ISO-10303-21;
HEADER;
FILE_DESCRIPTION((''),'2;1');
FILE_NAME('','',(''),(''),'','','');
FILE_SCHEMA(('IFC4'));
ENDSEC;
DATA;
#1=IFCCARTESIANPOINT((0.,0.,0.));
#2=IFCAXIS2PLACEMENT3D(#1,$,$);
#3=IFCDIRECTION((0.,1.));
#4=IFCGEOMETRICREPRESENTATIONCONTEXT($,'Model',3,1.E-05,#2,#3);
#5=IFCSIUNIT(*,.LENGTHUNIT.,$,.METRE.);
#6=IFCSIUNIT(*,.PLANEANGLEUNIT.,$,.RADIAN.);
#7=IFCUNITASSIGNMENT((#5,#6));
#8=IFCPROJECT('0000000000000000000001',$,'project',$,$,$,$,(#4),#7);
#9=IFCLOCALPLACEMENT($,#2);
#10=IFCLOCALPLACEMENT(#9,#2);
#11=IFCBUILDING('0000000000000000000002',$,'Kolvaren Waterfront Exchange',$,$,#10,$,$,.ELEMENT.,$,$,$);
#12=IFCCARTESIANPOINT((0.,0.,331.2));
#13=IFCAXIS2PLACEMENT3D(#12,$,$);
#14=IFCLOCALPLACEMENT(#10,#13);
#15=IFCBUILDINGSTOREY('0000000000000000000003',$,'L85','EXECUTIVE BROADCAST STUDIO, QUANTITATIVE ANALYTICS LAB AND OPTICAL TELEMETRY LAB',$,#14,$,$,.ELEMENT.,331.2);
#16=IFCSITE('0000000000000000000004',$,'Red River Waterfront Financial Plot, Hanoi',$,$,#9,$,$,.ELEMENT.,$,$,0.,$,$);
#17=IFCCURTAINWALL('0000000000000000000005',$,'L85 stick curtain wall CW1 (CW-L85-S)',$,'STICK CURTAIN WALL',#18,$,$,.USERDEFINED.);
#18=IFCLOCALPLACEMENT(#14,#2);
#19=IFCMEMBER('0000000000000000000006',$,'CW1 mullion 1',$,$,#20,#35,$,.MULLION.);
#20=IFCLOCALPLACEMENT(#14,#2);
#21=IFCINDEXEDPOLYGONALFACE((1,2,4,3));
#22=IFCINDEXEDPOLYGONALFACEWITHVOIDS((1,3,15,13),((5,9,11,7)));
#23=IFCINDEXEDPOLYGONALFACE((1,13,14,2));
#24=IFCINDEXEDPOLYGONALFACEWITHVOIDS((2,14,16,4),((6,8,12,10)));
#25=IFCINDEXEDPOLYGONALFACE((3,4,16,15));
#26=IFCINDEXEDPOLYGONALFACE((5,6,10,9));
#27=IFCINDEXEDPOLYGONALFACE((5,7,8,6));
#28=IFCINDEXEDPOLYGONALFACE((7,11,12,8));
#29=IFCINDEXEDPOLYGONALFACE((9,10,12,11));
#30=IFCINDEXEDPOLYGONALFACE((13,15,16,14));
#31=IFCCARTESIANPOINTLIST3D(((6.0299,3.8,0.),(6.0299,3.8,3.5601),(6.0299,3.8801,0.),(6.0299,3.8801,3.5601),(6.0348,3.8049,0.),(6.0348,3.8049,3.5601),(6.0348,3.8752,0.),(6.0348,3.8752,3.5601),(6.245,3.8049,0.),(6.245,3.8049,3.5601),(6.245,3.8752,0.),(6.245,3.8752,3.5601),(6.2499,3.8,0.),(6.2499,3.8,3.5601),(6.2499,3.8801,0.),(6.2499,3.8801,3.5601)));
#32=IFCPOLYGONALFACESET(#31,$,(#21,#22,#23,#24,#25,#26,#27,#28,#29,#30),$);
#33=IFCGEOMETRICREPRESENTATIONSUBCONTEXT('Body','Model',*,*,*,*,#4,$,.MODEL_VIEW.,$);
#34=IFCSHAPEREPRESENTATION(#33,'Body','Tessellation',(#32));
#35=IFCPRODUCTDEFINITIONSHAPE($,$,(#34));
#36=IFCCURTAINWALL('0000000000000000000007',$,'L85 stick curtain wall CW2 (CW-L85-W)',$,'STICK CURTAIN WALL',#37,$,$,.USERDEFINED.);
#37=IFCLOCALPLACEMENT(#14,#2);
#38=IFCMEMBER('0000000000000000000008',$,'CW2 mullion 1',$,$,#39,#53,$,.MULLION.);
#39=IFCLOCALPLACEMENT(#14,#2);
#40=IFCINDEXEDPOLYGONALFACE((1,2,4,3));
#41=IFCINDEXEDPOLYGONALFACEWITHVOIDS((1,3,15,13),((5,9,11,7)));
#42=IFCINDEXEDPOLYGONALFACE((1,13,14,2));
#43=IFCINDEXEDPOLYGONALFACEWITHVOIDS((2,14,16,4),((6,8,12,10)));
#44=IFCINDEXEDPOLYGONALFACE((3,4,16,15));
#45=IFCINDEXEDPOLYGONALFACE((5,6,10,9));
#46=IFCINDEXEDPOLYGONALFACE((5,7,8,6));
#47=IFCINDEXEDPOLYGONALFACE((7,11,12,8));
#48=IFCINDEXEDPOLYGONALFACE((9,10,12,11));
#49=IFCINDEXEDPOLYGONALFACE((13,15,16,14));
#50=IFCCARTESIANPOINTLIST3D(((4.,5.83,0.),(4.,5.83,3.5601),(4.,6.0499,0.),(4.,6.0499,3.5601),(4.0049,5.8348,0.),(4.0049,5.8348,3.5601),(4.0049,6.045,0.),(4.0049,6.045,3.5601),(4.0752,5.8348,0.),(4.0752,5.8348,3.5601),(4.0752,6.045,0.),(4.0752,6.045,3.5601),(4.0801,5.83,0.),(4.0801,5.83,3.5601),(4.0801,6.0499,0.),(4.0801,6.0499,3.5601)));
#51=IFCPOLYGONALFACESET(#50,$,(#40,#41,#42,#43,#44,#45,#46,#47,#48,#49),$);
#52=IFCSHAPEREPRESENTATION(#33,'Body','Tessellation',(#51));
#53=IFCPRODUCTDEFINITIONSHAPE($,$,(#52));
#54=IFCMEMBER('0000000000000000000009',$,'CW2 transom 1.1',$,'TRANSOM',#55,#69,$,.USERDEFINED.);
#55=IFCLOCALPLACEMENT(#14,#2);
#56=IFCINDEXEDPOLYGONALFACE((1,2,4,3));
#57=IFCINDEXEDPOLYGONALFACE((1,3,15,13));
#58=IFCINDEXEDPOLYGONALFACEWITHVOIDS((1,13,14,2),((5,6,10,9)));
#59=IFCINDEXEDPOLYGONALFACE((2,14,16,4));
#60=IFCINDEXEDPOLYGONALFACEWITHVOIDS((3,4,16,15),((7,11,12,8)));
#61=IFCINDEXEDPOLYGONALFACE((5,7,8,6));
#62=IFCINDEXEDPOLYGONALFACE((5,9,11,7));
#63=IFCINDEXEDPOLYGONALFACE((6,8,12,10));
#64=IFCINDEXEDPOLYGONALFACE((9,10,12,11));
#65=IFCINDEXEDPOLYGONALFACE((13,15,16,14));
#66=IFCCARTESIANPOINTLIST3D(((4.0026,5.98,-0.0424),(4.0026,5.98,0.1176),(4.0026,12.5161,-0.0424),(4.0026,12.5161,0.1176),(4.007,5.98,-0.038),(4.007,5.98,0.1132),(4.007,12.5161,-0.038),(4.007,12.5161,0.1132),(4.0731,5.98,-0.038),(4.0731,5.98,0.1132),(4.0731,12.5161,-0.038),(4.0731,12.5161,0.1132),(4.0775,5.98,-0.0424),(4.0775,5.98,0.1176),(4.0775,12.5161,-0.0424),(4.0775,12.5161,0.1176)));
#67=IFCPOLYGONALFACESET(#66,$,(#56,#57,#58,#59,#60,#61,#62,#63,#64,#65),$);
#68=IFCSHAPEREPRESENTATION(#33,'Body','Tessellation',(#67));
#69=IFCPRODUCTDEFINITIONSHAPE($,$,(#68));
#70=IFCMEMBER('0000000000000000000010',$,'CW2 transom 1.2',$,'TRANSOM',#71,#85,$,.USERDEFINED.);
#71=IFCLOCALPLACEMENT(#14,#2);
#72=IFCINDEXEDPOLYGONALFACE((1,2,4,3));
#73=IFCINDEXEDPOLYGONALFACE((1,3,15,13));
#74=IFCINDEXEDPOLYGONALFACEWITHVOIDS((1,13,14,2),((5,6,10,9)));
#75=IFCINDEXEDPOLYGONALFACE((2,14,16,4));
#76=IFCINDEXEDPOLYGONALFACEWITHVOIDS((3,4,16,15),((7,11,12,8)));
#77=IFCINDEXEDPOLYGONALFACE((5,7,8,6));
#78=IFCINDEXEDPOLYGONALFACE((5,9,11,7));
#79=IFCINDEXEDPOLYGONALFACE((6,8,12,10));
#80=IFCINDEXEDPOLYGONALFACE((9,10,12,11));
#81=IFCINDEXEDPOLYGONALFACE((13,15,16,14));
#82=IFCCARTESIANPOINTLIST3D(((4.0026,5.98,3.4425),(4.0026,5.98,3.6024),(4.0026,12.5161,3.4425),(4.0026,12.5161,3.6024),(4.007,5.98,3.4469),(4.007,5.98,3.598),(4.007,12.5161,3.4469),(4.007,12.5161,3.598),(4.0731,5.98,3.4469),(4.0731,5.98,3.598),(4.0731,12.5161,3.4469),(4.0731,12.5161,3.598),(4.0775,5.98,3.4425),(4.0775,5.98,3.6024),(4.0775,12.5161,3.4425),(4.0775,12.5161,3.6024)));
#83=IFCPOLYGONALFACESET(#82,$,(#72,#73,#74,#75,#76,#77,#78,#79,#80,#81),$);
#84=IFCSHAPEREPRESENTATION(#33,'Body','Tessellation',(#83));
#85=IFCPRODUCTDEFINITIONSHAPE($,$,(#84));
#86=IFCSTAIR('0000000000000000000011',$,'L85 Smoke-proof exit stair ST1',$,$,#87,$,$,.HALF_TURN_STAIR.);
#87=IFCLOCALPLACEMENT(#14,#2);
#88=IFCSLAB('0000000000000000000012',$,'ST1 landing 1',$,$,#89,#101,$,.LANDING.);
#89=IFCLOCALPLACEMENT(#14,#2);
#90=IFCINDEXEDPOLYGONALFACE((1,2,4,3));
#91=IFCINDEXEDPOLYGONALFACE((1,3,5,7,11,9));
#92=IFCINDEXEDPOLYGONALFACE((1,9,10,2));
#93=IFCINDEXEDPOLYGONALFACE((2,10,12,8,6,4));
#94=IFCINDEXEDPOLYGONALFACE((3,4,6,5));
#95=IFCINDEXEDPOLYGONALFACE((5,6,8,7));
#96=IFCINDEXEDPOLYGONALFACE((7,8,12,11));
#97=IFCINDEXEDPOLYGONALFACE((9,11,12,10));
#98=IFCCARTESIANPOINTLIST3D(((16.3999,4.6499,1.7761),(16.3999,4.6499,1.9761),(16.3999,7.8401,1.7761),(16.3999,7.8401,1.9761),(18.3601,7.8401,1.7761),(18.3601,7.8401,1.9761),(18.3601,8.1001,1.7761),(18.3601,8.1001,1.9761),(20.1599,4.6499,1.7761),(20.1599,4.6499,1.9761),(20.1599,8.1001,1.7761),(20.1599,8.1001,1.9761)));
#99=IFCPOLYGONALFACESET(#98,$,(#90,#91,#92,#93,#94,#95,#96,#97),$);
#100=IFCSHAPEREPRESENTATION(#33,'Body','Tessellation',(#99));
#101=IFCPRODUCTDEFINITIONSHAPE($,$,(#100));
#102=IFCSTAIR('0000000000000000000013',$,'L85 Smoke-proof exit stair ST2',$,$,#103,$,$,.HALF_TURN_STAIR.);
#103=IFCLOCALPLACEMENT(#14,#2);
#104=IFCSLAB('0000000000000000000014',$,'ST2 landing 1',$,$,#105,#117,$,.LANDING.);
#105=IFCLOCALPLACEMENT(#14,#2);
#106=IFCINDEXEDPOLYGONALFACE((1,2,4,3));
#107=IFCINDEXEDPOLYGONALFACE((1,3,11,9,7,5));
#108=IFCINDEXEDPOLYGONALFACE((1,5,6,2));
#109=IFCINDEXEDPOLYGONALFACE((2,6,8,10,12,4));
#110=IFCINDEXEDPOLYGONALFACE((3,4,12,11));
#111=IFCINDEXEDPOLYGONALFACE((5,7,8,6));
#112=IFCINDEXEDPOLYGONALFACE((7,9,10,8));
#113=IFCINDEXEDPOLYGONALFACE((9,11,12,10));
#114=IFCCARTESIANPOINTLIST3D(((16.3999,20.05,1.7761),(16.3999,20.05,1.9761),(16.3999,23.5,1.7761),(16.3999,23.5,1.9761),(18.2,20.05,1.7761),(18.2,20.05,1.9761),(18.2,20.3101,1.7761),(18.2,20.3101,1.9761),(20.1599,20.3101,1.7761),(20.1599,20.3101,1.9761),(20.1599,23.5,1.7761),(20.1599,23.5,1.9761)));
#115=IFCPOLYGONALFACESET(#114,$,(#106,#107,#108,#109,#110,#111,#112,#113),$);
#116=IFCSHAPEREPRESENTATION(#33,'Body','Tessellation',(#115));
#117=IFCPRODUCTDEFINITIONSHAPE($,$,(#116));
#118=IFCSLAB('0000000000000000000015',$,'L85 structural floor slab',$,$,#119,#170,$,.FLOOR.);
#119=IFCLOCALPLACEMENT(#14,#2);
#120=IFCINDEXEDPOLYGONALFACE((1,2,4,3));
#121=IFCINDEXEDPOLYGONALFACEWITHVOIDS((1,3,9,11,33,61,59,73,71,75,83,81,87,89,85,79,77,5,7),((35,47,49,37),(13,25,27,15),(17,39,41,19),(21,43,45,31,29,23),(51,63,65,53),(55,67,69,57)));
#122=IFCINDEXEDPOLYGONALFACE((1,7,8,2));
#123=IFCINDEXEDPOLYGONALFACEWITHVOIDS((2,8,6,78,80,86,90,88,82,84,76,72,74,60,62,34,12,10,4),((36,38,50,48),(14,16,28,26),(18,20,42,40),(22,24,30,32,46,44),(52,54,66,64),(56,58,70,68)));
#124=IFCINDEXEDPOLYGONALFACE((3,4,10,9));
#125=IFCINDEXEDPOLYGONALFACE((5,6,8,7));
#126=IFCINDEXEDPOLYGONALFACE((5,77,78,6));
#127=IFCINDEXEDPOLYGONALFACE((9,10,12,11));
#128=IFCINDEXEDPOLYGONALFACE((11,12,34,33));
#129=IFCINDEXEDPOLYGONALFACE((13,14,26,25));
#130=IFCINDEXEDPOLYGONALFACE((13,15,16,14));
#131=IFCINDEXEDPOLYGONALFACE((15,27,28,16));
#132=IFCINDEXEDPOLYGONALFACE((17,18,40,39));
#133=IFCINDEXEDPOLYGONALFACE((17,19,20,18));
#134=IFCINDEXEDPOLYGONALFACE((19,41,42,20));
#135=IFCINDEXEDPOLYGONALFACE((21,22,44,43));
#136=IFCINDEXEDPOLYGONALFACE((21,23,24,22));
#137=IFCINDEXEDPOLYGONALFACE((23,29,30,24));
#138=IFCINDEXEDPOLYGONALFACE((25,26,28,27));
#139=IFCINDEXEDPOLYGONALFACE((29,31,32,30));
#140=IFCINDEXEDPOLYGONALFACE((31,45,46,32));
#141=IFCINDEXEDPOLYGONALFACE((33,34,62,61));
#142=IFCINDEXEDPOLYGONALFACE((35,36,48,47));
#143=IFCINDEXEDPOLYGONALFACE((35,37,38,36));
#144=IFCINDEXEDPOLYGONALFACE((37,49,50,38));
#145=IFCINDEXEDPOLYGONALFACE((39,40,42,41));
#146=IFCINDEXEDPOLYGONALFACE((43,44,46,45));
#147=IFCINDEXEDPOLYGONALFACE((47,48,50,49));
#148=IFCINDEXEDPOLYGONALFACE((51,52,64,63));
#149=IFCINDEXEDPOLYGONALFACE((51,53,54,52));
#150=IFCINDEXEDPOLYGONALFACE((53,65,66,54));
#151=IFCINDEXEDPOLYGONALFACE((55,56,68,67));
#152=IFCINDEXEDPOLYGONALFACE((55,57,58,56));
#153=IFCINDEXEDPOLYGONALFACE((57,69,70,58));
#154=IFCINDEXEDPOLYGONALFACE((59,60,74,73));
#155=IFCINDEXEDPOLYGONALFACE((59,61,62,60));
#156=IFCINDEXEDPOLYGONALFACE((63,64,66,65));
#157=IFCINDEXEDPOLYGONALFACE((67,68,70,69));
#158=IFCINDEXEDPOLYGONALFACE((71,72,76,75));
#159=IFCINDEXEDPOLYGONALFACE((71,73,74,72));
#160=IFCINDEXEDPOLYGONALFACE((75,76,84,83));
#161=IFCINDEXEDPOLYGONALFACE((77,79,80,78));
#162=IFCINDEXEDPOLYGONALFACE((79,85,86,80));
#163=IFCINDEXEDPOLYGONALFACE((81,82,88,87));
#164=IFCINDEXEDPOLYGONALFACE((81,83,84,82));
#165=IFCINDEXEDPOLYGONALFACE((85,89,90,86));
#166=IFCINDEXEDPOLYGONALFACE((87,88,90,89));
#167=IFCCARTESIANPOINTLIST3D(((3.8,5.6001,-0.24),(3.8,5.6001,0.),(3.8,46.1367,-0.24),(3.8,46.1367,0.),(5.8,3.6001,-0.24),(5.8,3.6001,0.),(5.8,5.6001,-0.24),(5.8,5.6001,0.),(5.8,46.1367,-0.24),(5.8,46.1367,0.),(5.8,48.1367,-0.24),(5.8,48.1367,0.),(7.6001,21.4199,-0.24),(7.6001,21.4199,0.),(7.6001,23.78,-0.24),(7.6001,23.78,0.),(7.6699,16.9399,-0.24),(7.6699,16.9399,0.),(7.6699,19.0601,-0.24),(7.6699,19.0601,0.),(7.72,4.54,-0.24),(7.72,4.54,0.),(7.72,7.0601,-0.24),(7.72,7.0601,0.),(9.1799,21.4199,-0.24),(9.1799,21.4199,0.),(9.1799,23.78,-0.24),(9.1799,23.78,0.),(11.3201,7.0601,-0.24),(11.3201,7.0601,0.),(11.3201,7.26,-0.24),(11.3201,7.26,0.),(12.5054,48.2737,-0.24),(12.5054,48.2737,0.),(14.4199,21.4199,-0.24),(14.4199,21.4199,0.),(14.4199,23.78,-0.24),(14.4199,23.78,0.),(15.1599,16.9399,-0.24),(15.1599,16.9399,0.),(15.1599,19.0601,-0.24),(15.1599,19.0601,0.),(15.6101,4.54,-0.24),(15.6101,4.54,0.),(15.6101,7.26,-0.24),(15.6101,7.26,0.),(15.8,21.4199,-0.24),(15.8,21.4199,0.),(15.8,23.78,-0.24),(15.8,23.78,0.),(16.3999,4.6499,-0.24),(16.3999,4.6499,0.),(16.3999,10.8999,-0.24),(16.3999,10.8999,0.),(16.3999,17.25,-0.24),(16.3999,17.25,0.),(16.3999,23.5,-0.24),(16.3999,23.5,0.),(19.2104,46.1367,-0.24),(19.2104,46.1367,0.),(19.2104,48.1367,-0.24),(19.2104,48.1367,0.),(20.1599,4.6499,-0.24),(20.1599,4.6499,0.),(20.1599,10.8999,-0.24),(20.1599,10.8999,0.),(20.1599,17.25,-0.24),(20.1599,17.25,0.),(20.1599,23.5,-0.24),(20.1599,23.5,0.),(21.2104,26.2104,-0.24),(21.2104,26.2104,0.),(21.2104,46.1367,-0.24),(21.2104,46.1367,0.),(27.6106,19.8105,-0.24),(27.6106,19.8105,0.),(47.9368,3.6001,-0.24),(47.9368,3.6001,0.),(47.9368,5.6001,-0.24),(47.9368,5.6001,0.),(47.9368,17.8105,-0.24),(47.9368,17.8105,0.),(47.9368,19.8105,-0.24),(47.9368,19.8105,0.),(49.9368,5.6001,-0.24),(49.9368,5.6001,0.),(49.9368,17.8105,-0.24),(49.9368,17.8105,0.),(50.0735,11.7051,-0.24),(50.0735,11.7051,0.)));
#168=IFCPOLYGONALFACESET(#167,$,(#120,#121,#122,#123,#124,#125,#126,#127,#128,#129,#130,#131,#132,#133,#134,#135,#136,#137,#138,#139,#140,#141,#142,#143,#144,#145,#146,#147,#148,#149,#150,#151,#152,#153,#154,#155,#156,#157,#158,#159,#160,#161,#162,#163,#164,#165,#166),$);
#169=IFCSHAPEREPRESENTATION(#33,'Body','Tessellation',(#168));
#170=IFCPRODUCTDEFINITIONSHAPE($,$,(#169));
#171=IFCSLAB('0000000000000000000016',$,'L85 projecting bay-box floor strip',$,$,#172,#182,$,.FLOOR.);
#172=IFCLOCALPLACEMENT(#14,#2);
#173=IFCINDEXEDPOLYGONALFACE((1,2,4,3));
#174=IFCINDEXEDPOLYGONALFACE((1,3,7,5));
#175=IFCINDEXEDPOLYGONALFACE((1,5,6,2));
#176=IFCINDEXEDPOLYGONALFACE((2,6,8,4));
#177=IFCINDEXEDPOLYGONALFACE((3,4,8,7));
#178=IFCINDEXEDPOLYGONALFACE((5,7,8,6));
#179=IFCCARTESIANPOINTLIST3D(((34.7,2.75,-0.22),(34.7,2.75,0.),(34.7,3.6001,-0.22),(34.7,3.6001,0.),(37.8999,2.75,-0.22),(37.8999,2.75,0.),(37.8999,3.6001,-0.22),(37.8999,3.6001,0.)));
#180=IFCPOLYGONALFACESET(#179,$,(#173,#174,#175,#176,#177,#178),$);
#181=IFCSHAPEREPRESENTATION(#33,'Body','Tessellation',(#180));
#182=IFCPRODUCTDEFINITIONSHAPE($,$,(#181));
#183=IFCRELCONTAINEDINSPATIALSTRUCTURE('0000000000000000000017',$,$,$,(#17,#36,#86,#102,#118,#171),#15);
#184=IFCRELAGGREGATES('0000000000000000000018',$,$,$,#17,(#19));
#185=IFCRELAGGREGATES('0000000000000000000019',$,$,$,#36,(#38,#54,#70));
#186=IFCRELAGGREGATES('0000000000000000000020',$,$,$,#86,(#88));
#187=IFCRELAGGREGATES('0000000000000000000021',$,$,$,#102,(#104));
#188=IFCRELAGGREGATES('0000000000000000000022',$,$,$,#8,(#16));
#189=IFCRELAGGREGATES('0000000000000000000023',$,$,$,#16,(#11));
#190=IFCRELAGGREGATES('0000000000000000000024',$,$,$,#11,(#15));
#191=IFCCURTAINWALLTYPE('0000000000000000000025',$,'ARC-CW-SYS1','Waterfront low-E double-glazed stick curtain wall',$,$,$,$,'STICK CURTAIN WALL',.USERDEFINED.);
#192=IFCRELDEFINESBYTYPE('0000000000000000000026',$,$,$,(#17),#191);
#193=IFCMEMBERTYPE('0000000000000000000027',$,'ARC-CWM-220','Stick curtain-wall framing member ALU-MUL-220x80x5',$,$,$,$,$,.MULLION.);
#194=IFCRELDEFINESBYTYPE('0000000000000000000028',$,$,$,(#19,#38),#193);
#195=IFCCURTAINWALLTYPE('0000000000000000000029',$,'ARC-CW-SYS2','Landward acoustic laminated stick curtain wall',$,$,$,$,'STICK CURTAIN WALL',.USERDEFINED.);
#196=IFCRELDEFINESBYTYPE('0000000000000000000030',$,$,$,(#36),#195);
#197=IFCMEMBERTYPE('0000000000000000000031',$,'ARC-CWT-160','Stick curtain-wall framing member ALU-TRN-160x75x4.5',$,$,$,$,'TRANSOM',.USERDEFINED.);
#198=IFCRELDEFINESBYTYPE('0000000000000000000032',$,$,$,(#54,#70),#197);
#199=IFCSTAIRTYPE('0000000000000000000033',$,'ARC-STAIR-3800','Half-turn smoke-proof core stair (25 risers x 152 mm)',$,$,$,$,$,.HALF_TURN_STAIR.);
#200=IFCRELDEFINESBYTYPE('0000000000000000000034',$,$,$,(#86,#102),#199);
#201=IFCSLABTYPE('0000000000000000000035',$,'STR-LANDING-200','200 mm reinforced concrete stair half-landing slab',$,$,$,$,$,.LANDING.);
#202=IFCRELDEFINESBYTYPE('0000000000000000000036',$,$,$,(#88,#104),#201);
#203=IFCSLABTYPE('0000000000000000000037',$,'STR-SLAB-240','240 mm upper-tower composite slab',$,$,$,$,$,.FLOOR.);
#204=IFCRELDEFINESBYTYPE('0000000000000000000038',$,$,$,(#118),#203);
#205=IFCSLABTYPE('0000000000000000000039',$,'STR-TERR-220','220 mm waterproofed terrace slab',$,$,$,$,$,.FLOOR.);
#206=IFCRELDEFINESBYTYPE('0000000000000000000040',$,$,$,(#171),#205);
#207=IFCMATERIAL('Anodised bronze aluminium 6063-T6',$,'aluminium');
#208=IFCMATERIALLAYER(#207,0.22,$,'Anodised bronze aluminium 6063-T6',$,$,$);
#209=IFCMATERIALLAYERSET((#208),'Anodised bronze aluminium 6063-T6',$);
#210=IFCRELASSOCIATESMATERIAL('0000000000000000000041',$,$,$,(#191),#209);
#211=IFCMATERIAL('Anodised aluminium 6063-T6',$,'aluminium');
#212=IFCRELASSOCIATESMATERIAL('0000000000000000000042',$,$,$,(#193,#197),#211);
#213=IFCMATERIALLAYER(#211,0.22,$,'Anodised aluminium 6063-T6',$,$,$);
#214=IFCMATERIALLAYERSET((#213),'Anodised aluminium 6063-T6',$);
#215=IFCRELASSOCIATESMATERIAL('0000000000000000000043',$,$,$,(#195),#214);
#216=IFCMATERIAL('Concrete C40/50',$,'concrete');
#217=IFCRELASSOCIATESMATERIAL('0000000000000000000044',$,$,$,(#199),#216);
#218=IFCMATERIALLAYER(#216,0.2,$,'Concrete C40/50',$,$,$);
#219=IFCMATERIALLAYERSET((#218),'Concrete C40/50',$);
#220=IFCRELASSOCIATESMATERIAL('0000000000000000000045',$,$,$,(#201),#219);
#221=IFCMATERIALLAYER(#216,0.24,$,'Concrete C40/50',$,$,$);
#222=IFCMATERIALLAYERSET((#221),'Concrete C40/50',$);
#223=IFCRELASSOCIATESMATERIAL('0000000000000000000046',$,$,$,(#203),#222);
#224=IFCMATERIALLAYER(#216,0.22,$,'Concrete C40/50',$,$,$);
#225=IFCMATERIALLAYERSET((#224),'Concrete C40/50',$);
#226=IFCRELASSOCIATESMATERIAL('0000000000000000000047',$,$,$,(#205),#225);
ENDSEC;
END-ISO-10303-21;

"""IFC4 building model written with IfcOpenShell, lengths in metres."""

from ifc_helpers import new_model, si_unit, direction, frame, origin, origin_with_axes, origin_2d, place, context, subcontext, project, spatial, polyline, hollow_rectangle, outline, extrude, source, transform, mapped, material, layer, layer_set, material_profile, profile_set, type_object, element, aggregate, save


model = new_model("IFC4")

# Units and contexts
model_context = context("Model", 3, precision=1e-05, world=origin(), true_north=direction((0.0, 1.0)))
body_context = subcontext(model_context, "Body", "Model", "MODEL_VIEW")
ifc_project = project(units=[si_unit("LENGTHUNIT", "METRE"), si_unit("PLANEANGLEUNIT", "RADIAN")], contexts=[model_context])

# Site, building, storey
site_placement = place(None, origin())
site = spatial("IfcSite", under=ifc_project, at=site_placement, Name="Red River Waterfront Financial Plot, Hanoi", CompositionType="ELEMENT", RefElevation=0.0)
building_placement = place(site_placement, origin())
building = spatial("IfcBuilding", under=site, at=building_placement, Name="Kolvaren Waterfront Exchange", CompositionType="ELEMENT")
storey_placement = place(building_placement, frame((0.0, 0.0, 331.2)))
storey = spatial("IfcBuildingStorey", under=building, at=storey_placement, Name="L85", Description="EXECUTIVE BROADCAST STUDIO, QUANTITATIVE ANALYTICS LAB AND OPTICAL TELEMETRY LAB", CompositionType="ELEMENT", Elevation=331.2)

# Curtain wall, member
ifc_material_1 = material(Name="Anodised bronze aluminium 6063-T6", Category="aluminium")
ifc_layer_1 = layer(ifc_material_1, 0.22, Name="Anodised bronze aluminium 6063-T6")
ifc_layer_set_1 = layer_set([ifc_layer_1], Name="Anodised bronze aluminium 6063-T6")
curtain_wall_type_1 = type_object("IfcCurtainWallType", Name="ARC-CW-SYS1", Description="Waterfront low-E double-glazed stick curtain wall", ElementType="STICK CURTAIN WALL", PredefinedType="USERDEFINED", material=ifc_layer_set_1)
curtain_wall_1_placement = place(storey_placement, origin())
curtain_wall_1 = element("IfcCurtainWall", 1, at=curtain_wall_1_placement, inside=storey, type_object=curtain_wall_type_1, Name="L85 stick curtain wall CW1 (CW-L85-S)", ObjectType="STICK CURTAIN WALL", PredefinedType="USERDEFINED")
ifc_material_2 = material(Name="Anodised aluminium 6063-T6", Category="aluminium")
ifc_material_profile_1 = material_profile(ifc_material_2, hollow_rectangle(XDim=0.0801, YDim=0.22, WallThickness=0.0049, at=origin_2d()), Name="ALU-MUL-220x80x5")
ifc_profile_set_1 = profile_set([ifc_material_profile_1], Name="Anodised aluminium 6063-T6")
member_type_1 = type_object("IfcMemberType", Name="ARC-CWM-220", Description="Stick curtain-wall framing member ALU-MUL-220x80x5", PredefinedType="MULLION", material=ifc_profile_set_1)
shared_shape_1 = source(origin_with_axes(), body_context, "Body", "SweptSolid", [
    extrude(hollow_rectangle(XDim=0.0801, YDim=0.22, WallThickness=0.0049, at=origin_2d()), origin(), (0.0, 0.0, 1.0), 3.5601),
])
member_1_placement = place(storey_placement, frame((6.1399, 3.8401, 0.0), z_axis=(0.0, 0.0, 1.0), x_axis=(0.0, 1.0, 0.0)))
member_1 = element("IfcMember", 2, at=member_1_placement, type_object=member_type_1, Name="CW1 mullion 1", PredefinedType="MULLION", context=body_context, shape_type="MappedRepresentation", body=[
    mapped(shared_shape_1, transform((0.0, 0.0, 0.0), x_axis=(1.0, 0.0, 0.0), y_axis=(0.0, 1.0, 0.0), z_axis=(0.0, 0.0, 1.0), scale=1.0)),
])
aggregate(curtain_wall_1, [member_1])

# Curtain wall, members
ifc_layer_2 = layer(ifc_material_2, 0.22, Name="Anodised aluminium 6063-T6")
ifc_layer_set_2 = layer_set([ifc_layer_2], Name="Anodised aluminium 6063-T6")
curtain_wall_type_2 = type_object("IfcCurtainWallType", Name="ARC-CW-SYS2", Description="Landward acoustic laminated stick curtain wall", ElementType="STICK CURTAIN WALL", PredefinedType="USERDEFINED", material=ifc_layer_set_2)
curtain_wall_2_placement = place(storey_placement, origin())
curtain_wall_2 = element("IfcCurtainWall", 3, at=curtain_wall_2_placement, inside=storey, type_object=curtain_wall_type_2, Name="L85 stick curtain wall CW2 (CW-L85-W)", ObjectType="STICK CURTAIN WALL", PredefinedType="USERDEFINED")
member_2_placement = place(storey_placement, frame((4.04, 5.9399, 0.0), z_axis=(0.0, 0.0, 1.0), x_axis=(-1.0, 0.0, 0.0)))
member_2 = element("IfcMember", 4, at=member_2_placement, type_object=member_type_1, Name="CW2 mullion 1", PredefinedType="MULLION", context=body_context, shape_type="MappedRepresentation", body=[
    mapped(shared_shape_1, transform((0.0, 0.0, 0.0), x_axis=(1.0, 0.0, 0.0), y_axis=(0.0, 1.0, 0.0), z_axis=(0.0, 0.0, 1.0), scale=1.0)),
])
ifc_material_profile_2 = material_profile(ifc_material_2, hollow_rectangle(XDim=0.075, YDim=0.1599, WallThickness=0.0044, at=origin_2d()), Name="ALU-TRN-160x75x4.5")
ifc_profile_set_2 = profile_set([ifc_material_profile_2], Name="Anodised aluminium 6063-T6")
member_type_2 = type_object("IfcMemberType", Name="ARC-CWT-160", Description="Stick curtain-wall framing member ALU-TRN-160x75x4.5", ElementType="TRANSOM", PredefinedType="USERDEFINED", material=ifc_profile_set_2)
shared_shape_2 = source(origin_with_axes(), body_context, "Body", "SweptSolid", [
    extrude(hollow_rectangle(XDim=0.075, YDim=0.1599, WallThickness=0.0044, at=origin_2d()), origin(), (0.0, 0.0, 1.0), 6.5361),
])
member_3_placement = place(storey_placement, frame((4.04, 5.98, 0.0376), z_axis=(0.0, 1.0, 0.0), x_axis=(-1.0, 0.0, 0.0)))
member_3 = element("IfcMember", 5, at=member_3_placement, type_object=member_type_2, Name="CW2 transom 1.1", ObjectType="TRANSOM", PredefinedType="USERDEFINED", context=body_context, shape_type="MappedRepresentation", body=[
    mapped(shared_shape_2, transform((0.0, 0.0, 0.0), x_axis=(1.0, 0.0, 0.0), y_axis=(0.0, 1.0, 0.0), z_axis=(0.0, 0.0, 1.0), scale=1.0)),
])
member_4_placement = place(storey_placement, frame((4.04, 5.98, 3.5225), z_axis=(0.0, 1.0, 0.0), x_axis=(-1.0, 0.0, 0.0)))
member_4 = element("IfcMember", 6, at=member_4_placement, type_object=member_type_2, Name="CW2 transom 1.2", ObjectType="TRANSOM", PredefinedType="USERDEFINED", context=body_context, shape_type="MappedRepresentation", body=[
    mapped(shared_shape_2, transform((0.0, 0.0, 0.0), x_axis=(1.0, 0.0, 0.0), y_axis=(0.0, 1.0, 0.0), z_axis=(0.0, 0.0, 1.0), scale=1.0)),
])
aggregate(curtain_wall_2, [member_2, member_3, member_4])

# Stairs, slabs
ifc_material_3 = material(Name="Concrete C40/50", Category="concrete")
stair_type = type_object("IfcStairType", Name="ARC-STAIR-3800", Description="Half-turn smoke-proof core stair (25 risers x 152 mm)", PredefinedType="HALF_TURN_STAIR", material=ifc_material_3)
stair_1_placement = place(storey_placement, origin())
stair_1 = element("IfcStair", 7, at=stair_1_placement, inside=storey, type_object=stair_type, Name="L85 Smoke-proof exit stair ST1", PredefinedType="HALF_TURN_STAIR")
ifc_layer_3 = layer(ifc_material_3, 0.2, Name="Concrete C40/50")
ifc_layer_set_3 = layer_set([ifc_layer_3], Name="Concrete C40/50")
slab_type_1 = type_object("IfcSlabType", Name="STR-LANDING-200", Description="200 mm reinforced concrete stair half-landing slab", PredefinedType="LANDING", material=ifc_layer_set_3)
slab_1_placement = place(storey_placement, frame((0.0, 0.0, 1.7761)))
slab_1 = element("IfcSlab", 8, at=slab_1_placement, type_object=slab_type_1, Name="ST1 landing 1", PredefinedType="LANDING", context=body_context, shape_type="SweptSolid", body=[
    extrude(outline(polyline([(16.3999, 7.8401), (16.3999, 4.6499), (20.1599, 4.6499), (20.1599, 8.1001), (18.3601, 8.1001), (18.3601, 7.8401), (16.3999, 7.8401)])), origin(), (0.0, 0.0, 1.0), 0.2),
])
aggregate(stair_1, [slab_1])
stair_2_placement = place(storey_placement, origin())
stair_2 = element("IfcStair", 9, at=stair_2_placement, inside=storey, type_object=stair_type, Name="L85 Smoke-proof exit stair ST2", PredefinedType="HALF_TURN_STAIR")
slab_2_placement = place(storey_placement, frame((0.0, 0.0, 1.7761)))
slab_2 = element("IfcSlab", 10, at=slab_2_placement, type_object=slab_type_1, Name="ST2 landing 1", PredefinedType="LANDING", context=body_context, shape_type="SweptSolid", body=[
    extrude(outline(polyline([(20.1599, 20.3101), (20.1599, 23.5), (16.3999, 23.5), (16.3999, 20.05), (18.2, 20.05), (18.2, 20.3101), (20.1599, 20.3101)])), origin(), (0.0, 0.0, 1.0), 0.2),
])
aggregate(stair_2, [slab_2])

# Slabs
ifc_layer_4 = layer(ifc_material_3, 0.24, Name="Concrete C40/50")
ifc_layer_set_4 = layer_set([ifc_layer_4], Name="Concrete C40/50")
slab_type_2 = type_object("IfcSlabType", Name="STR-SLAB-240", Description="240 mm upper-tower composite slab", PredefinedType="FLOOR", material=ifc_layer_set_4)
slab_3_placement = place(storey_placement, frame((0.0, 0.0, -0.24)))
element("IfcSlab", 11, at=slab_3_placement, inside=storey, type_object=slab_type_2, Name="L85 structural floor slab", PredefinedType="FLOOR", context=body_context, shape_type="SweptSolid", body=[
    extrude(outline(polyline([(5.8, 3.6001), (47.9368, 3.6001), (47.9368, 5.6001), (49.9368, 5.6001), (50.0735, 11.7051), (49.9368, 17.8105), (47.9368, 17.8105), (47.9368, 19.8105), (27.6106, 19.8105), (21.2104, 26.2104), (21.2104, 46.1367), (19.2104, 46.1367), (19.2104, 48.1367), (12.5054, 48.2737), (5.8, 48.1367), (5.8, 46.1367), (3.8, 46.1367), (3.8, 5.6001), (5.8, 5.6001), (5.8, 3.6001)]), holes=[polyline([(11.3201, 7.26), (15.6101, 7.26), (15.6101, 4.54), (7.72, 4.54), (7.72, 7.0601), (11.3201, 7.0601), (11.3201, 7.26)]), polyline([(20.1599, 10.8999), (20.1599, 4.6499), (16.3999, 4.6499), (16.3999, 10.8999), (20.1599, 10.8999)]), polyline([(7.6699, 19.0601), (15.1599, 19.0601), (15.1599, 16.9399), (7.6699, 16.9399), (7.6699, 19.0601)]), polyline([(16.3999, 17.25), (16.3999, 23.5), (20.1599, 23.5), (20.1599, 17.25), (16.3999, 17.25)]), polyline([(7.6001, 23.78), (9.1799, 23.78), (9.1799, 21.4199), (7.6001, 21.4199), (7.6001, 23.78)]), polyline([(14.4199, 23.78), (15.8, 23.78), (15.8, 21.4199), (14.4199, 21.4199), (14.4199, 23.78)])]), origin(), (0.0, 0.0, 1.0), 0.24),
])
ifc_layer_5 = layer(ifc_material_3, 0.22, Name="Concrete C40/50")
ifc_layer_set_5 = layer_set([ifc_layer_5], Name="Concrete C40/50")
slab_type_3 = type_object("IfcSlabType", Name="STR-TERR-220", Description="220 mm waterproofed terrace slab", PredefinedType="FLOOR", material=ifc_layer_set_5)
slab_4_placement = place(storey_placement, frame((0.0, 0.0, -0.22)))
element("IfcSlab", 12, at=slab_4_placement, inside=storey, type_object=slab_type_3, Name="L85 projecting bay-box floor strip", PredefinedType="FLOOR", context=body_context, shape_type="SweptSolid", body=[
    extrude(outline(polyline([(34.7, 2.75), (37.8999, 2.75), (37.8999, 3.6001), (34.7, 3.6001), (34.7, 2.75)])), origin(), (0.0, 0.0, 1.0), 0.22),
])

save(model, "model.ifc")
